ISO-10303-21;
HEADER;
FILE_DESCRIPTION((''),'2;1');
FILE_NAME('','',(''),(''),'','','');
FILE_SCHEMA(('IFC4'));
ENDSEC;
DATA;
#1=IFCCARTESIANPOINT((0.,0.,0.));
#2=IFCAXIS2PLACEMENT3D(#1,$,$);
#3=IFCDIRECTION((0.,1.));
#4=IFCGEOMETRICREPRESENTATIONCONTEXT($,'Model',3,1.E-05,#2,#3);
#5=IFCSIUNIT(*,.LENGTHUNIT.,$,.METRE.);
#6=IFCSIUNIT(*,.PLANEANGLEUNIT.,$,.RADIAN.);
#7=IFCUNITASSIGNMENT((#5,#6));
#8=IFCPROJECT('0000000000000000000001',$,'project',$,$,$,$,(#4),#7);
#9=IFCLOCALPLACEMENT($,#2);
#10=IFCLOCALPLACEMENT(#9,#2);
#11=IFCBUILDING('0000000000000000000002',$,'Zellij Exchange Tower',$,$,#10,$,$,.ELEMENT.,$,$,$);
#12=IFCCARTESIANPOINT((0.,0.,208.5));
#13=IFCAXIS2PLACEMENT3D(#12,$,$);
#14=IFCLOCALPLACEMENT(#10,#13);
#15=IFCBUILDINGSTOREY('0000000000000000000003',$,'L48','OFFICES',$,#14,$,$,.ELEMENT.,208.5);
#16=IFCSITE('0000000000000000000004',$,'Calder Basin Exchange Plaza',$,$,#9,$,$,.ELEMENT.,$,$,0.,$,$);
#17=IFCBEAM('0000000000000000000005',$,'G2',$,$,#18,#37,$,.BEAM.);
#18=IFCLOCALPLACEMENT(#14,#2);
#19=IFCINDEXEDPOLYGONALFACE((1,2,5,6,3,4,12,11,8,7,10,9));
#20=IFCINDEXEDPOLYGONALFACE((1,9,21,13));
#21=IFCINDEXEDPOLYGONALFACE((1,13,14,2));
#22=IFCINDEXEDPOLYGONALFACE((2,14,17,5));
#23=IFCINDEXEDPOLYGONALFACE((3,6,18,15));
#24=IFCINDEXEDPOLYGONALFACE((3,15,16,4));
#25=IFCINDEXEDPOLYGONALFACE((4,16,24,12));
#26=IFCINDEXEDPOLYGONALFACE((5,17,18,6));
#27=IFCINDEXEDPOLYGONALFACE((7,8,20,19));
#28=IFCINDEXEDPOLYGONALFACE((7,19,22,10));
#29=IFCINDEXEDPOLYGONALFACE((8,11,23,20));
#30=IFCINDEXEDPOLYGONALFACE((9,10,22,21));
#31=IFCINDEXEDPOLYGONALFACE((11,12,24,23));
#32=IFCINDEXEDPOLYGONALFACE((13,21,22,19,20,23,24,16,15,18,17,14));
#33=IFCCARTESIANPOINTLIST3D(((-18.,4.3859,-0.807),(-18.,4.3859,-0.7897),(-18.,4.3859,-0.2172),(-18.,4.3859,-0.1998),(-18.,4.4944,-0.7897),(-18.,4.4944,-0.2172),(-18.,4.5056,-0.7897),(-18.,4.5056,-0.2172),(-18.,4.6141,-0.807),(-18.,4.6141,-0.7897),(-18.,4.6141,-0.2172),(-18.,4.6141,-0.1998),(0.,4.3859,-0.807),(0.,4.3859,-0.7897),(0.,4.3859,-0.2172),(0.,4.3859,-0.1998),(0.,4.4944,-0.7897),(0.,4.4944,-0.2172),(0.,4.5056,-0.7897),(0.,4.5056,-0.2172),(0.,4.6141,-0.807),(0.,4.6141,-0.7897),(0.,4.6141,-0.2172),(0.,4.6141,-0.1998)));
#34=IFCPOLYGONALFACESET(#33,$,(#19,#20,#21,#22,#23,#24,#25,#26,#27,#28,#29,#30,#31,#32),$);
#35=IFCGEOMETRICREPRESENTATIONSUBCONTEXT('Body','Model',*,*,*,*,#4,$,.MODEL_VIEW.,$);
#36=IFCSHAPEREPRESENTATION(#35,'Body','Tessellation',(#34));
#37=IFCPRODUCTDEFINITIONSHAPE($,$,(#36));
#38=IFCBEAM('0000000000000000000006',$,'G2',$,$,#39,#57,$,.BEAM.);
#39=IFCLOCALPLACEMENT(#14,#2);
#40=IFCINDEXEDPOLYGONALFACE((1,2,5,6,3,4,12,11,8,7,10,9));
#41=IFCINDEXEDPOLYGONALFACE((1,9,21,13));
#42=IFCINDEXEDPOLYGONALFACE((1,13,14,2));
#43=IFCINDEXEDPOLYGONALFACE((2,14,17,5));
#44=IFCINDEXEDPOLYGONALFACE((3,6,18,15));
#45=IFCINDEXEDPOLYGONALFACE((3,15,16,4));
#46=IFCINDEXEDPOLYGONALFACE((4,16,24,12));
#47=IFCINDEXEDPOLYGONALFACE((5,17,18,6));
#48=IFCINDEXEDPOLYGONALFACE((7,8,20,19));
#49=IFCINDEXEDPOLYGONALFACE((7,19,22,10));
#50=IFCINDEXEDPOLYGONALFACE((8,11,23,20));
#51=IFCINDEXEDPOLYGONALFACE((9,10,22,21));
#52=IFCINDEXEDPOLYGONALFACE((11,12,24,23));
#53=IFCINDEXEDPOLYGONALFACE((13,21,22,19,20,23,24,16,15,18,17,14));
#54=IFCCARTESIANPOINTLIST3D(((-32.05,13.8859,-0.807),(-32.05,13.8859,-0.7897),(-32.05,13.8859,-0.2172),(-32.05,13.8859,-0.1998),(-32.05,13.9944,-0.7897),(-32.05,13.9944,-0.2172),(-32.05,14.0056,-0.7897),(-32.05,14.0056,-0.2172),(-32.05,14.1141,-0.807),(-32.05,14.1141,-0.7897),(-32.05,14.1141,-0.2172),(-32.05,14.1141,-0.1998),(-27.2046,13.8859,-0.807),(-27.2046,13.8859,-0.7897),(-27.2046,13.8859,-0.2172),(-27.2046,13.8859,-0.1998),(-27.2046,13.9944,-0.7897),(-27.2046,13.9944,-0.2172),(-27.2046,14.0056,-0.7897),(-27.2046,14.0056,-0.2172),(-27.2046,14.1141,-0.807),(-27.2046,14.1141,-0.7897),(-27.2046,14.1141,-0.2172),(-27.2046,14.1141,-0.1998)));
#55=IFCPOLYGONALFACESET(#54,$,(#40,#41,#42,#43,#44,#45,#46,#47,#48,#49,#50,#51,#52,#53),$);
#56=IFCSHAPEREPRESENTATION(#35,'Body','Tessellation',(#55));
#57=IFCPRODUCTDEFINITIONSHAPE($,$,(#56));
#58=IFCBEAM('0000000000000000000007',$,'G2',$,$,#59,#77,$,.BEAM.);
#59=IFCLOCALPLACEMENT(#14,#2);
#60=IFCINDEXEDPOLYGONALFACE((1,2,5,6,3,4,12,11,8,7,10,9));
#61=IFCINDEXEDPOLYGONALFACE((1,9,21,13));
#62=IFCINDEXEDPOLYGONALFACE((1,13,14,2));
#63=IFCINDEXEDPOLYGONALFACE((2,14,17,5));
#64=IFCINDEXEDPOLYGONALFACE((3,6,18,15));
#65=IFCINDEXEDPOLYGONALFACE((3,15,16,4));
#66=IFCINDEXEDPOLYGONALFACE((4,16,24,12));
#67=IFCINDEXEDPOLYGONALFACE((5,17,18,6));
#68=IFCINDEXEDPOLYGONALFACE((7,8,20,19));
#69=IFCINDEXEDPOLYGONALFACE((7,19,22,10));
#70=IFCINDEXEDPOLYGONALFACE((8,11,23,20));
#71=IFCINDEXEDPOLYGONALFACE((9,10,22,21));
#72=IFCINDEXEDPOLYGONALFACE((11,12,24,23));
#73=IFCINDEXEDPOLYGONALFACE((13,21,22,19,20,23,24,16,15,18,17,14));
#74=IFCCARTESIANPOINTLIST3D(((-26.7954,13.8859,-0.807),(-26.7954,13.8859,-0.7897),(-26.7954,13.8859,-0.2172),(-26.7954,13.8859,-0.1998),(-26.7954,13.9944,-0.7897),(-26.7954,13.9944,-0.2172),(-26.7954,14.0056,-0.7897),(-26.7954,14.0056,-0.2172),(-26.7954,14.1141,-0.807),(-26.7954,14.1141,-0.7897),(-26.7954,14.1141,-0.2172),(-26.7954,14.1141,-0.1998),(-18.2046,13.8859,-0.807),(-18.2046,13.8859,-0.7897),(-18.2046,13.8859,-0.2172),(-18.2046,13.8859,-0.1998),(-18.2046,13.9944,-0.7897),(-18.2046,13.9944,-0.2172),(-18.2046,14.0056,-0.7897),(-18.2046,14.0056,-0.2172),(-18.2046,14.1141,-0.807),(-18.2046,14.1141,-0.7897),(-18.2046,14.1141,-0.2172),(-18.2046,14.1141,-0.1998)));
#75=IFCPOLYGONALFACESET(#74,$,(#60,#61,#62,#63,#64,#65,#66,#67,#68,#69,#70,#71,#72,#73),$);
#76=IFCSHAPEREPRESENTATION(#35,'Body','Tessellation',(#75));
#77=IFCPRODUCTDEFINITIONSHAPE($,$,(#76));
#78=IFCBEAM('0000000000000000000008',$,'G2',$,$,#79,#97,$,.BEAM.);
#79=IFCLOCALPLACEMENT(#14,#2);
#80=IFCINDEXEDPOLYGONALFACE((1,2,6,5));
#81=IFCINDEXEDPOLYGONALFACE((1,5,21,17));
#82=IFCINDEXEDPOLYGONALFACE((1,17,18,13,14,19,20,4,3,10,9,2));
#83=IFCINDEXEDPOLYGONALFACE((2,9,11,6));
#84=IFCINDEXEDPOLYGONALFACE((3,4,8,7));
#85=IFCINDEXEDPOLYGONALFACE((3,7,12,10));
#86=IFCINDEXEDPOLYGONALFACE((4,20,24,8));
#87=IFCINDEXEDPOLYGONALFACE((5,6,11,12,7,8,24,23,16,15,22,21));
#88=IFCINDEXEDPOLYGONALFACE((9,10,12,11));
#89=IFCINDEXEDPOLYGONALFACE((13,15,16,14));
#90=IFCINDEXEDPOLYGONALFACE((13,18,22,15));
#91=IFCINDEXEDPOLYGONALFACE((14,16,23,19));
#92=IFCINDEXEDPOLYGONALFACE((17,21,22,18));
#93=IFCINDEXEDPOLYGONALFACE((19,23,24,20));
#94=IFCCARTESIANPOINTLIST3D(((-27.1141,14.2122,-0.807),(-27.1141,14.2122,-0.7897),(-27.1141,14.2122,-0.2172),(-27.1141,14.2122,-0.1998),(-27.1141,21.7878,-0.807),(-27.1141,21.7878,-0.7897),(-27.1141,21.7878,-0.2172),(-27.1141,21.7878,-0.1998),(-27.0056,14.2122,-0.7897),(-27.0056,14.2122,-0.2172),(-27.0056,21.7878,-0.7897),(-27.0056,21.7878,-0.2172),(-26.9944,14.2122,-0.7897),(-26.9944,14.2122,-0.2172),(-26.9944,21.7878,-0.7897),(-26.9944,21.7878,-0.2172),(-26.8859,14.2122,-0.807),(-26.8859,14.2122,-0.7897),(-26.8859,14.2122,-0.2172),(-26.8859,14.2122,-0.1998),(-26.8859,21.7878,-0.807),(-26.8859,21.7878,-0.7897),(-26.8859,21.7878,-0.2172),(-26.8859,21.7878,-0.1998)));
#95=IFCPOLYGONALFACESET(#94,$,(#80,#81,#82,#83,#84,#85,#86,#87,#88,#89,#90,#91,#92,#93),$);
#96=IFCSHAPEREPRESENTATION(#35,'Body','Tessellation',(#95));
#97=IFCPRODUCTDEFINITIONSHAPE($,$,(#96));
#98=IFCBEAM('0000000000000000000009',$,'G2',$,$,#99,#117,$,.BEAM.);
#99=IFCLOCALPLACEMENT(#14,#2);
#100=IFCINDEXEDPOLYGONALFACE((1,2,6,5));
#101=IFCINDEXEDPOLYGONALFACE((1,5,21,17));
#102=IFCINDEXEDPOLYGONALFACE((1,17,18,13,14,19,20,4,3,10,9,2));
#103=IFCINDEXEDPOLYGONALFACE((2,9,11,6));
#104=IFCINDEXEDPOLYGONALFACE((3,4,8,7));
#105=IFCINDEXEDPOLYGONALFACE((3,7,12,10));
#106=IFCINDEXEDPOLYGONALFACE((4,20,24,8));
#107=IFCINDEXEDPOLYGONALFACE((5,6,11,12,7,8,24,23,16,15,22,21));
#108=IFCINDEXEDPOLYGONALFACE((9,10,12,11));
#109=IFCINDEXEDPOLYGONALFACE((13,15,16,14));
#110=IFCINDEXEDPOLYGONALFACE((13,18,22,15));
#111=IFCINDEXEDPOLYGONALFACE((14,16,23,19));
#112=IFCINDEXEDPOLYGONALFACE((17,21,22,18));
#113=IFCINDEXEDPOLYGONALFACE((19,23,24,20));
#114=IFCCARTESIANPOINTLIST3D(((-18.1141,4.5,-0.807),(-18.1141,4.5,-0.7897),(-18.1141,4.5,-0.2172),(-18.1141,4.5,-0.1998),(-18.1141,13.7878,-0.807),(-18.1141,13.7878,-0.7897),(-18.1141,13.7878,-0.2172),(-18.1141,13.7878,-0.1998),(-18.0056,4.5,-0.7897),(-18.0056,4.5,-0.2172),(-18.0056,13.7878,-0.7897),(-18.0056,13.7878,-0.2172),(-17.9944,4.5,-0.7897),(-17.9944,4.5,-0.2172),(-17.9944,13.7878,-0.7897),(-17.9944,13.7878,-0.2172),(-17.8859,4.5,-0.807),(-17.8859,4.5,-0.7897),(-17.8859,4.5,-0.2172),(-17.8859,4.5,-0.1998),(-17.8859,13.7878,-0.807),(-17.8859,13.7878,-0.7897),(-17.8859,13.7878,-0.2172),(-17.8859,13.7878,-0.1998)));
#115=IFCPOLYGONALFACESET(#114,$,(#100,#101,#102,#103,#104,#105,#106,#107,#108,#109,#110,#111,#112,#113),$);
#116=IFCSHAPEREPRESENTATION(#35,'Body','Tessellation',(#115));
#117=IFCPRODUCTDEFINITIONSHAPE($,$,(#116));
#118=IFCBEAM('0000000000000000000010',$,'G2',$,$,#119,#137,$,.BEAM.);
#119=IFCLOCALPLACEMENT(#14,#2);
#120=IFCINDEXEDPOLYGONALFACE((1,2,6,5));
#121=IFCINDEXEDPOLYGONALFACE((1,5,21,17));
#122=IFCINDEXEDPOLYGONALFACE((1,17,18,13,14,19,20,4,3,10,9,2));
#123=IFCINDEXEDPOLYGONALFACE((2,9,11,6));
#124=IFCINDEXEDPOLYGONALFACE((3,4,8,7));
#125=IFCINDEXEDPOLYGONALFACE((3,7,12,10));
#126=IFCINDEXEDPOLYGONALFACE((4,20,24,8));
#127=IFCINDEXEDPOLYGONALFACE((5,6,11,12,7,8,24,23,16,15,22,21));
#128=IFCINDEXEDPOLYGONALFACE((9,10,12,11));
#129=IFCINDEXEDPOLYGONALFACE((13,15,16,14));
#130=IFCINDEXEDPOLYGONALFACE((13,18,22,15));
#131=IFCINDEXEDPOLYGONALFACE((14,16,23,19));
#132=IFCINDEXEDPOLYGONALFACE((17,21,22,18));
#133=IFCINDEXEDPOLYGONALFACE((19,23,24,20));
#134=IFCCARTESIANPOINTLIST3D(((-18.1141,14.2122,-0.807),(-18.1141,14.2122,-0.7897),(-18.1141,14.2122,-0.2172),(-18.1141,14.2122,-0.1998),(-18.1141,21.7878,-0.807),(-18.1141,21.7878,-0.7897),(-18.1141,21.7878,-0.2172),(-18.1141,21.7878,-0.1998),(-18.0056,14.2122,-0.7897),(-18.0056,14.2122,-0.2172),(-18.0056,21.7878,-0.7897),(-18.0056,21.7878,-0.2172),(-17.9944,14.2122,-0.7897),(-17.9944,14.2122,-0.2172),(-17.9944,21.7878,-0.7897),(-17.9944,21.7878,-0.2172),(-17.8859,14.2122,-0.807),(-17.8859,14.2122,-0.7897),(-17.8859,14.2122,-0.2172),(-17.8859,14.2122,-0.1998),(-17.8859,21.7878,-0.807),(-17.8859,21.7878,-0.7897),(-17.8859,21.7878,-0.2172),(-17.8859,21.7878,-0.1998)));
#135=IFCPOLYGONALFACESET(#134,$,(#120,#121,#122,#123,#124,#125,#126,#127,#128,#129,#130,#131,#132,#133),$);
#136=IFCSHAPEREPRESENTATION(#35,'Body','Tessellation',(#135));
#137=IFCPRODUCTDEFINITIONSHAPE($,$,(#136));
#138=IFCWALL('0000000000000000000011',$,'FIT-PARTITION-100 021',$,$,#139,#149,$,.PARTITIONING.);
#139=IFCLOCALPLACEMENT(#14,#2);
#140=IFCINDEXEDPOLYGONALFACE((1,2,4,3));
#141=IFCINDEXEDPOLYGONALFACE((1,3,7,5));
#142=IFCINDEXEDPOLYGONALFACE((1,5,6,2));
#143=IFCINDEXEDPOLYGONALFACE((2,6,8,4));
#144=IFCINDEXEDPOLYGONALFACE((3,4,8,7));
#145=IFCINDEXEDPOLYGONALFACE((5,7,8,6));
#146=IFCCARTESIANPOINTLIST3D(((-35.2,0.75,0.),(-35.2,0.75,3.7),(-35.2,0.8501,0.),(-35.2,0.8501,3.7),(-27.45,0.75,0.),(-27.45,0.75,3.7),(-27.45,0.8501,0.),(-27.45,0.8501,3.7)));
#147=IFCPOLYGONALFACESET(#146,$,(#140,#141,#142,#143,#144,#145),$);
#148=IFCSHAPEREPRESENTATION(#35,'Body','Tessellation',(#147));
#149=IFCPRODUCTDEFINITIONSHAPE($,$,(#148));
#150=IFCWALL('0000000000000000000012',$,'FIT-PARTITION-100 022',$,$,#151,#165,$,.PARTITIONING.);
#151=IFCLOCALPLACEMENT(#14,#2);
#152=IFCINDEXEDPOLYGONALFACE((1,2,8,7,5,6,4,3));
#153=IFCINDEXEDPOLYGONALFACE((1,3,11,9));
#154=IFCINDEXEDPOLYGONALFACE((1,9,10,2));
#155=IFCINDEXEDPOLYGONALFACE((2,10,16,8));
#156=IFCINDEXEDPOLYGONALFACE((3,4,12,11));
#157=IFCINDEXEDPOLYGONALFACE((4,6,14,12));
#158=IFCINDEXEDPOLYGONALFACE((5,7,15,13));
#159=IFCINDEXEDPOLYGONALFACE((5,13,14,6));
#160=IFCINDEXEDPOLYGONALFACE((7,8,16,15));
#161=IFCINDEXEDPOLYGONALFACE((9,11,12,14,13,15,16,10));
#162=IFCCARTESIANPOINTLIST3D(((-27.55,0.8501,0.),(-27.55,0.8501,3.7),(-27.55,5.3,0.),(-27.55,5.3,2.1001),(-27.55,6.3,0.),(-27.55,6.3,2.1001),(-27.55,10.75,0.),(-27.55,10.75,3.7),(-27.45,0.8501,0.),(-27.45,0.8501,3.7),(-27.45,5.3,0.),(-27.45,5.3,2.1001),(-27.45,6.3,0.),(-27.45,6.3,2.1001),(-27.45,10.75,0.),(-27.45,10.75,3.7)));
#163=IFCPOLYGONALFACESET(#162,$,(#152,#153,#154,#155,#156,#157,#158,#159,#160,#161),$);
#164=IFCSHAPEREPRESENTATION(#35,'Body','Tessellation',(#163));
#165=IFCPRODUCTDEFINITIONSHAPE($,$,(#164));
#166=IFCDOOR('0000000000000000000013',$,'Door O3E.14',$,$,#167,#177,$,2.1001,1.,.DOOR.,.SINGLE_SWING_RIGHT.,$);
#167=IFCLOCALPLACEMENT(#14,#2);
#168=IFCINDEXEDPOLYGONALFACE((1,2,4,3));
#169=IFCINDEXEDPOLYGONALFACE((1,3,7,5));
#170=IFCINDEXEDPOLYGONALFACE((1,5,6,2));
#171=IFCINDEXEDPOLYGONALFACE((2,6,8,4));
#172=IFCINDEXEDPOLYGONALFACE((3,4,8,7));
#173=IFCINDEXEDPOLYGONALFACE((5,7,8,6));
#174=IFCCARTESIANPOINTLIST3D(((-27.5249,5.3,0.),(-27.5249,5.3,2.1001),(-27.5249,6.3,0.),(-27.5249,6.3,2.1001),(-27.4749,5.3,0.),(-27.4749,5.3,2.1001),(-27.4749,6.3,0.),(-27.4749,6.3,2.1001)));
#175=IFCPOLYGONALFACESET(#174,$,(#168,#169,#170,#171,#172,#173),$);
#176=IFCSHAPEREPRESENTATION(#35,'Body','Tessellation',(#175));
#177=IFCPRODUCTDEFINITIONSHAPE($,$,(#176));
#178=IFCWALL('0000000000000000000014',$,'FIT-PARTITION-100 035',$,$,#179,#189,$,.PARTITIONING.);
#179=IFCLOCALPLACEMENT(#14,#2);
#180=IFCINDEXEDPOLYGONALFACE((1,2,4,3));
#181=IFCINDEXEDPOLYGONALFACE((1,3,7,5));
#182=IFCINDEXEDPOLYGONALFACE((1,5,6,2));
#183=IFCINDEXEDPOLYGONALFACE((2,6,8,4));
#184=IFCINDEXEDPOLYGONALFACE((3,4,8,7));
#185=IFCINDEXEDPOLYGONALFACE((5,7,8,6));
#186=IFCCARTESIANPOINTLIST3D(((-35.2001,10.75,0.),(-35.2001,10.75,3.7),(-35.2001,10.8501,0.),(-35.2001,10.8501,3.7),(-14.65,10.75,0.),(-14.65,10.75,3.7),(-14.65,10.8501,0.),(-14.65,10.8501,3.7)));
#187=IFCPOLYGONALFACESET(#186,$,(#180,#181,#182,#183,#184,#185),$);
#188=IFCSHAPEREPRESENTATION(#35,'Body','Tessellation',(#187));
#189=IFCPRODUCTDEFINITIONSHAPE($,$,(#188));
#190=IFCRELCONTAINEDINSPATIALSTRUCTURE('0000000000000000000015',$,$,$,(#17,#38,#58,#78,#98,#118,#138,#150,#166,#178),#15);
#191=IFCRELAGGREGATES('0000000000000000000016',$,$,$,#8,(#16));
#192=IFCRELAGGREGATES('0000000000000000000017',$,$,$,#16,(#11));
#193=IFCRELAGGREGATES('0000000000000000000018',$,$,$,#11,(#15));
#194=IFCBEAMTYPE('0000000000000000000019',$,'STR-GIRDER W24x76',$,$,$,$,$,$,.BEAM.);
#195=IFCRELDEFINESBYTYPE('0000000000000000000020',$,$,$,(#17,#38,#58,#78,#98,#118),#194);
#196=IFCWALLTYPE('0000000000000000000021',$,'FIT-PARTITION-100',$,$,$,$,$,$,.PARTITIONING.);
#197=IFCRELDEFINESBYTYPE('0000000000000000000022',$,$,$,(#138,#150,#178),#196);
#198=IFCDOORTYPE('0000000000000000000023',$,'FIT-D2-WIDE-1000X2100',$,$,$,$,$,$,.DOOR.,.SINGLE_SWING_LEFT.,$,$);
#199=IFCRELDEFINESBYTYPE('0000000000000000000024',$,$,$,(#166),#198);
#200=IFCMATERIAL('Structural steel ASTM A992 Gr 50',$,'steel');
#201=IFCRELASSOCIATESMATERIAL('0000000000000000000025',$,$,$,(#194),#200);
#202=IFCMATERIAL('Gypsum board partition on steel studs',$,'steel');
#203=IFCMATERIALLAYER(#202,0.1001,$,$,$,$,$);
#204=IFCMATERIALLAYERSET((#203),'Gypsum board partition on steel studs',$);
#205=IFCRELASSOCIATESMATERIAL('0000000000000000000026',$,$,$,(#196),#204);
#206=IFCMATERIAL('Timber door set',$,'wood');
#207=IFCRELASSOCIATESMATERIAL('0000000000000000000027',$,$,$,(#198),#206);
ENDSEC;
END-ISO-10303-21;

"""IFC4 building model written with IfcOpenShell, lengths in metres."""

from ifc_helpers import new_model, si_unit, direction, frame, frame_2d, origin, origin_2d, place, context, subcontext, project, spatial, rectangle, i_section, extrude, material, layer, layer_set, material_profile, profile_set, type_object, element, fill, save


model = new_model("IFC4")

# Units and contexts
model_context = context("Model", 3, precision=1e-05, world=origin(), true_north=direction((0.0, 1.0)))
body_context = subcontext(model_context, "Body", "Model", "MODEL_VIEW")
ifc_project = project(units=[si_unit("LENGTHUNIT", "METRE"), si_unit("PLANEANGLEUNIT", "RADIAN")], contexts=[model_context])

# Site, building, storey
site_placement = place(None, origin())
site = spatial("IfcSite", under=ifc_project, at=site_placement, Name="Calder Basin Exchange Plaza", CompositionType="ELEMENT", RefElevation=0.0)
building_placement = place(site_placement, origin())
building = spatial("IfcBuilding", under=site, at=building_placement, Name="Zellij Exchange Tower", CompositionType="ELEMENT")
storey_placement = place(building_placement, frame((0.0, 0.0, 208.5)))
storey = spatial("IfcBuildingStorey", under=building, at=storey_placement, Name="L48", Description="OFFICES", CompositionType="ELEMENT", Elevation=208.5)

# Beams
ifc_material_1 = material(Name="Structural steel ASTM A992 Gr 50", Category="steel")
ifc_material_profile_1 = material_profile(ifc_material_1, i_section(OverallWidth=0.2283, OverallDepth=0.6072, WebThickness=0.0112, FlangeThickness=0.0173, at=origin_2d()), Name="W24x76")
ifc_profile_set_1 = profile_set([ifc_material_profile_1], Name="Structural steel ASTM A992 Gr 50")
beam_type_1 = type_object("IfcBeamType", Name="STR-GIRDER W24x76", PredefinedType="BEAM", material=ifc_profile_set_1)
beam_1_placement = place(storey_placement, frame((-18.0, 4.5, -0.5034), z_axis=(1.0, 0.0, 0.0), x_axis=(0.0, 1.0, 0.0)))
element("IfcBeam", 1, at=beam_1_placement, inside=storey, type_object=beam_type_1, Name="G2", PredefinedType="BEAM", context=body_context, shape_type="SweptSolid", body=[
    extrude(i_section(OverallWidth=0.2283, OverallDepth=0.6072, WebThickness=0.0112, FlangeThickness=0.0173, at=origin_2d()), origin(), (0.0, 0.0, 1.0), 18.0),
])
beam_2_placement = place(storey_placement, frame((-32.05, 14.0, -0.5034), z_axis=(1.0, 0.0, 0.0), x_axis=(0.0, 1.0, 0.0)))
element("IfcBeam", 2, at=beam_2_placement, inside=storey, type_object=beam_type_1, Name="G2", PredefinedType="BEAM", context=body_context, shape_type="SweptSolid", body=[
    extrude(i_section(OverallWidth=0.2283, OverallDepth=0.6072, WebThickness=0.0112, FlangeThickness=0.0173, at=origin_2d()), origin(), (0.0, 0.0, 1.0), 4.8455),
])
beam_3_placement = place(storey_placement, frame((-26.7954, 14.0, -0.5034), z_axis=(1.0, 0.0, 0.0), x_axis=(0.0, 1.0, 0.0)))
element("IfcBeam", 3, at=beam_3_placement, inside=storey, type_object=beam_type_1, Name="G2", PredefinedType="BEAM", context=body_context, shape_type="SweptSolid", body=[
    extrude(i_section(OverallWidth=0.2283, OverallDepth=0.6072, WebThickness=0.0112, FlangeThickness=0.0173, at=origin_2d()), origin(), (0.0, 0.0, 1.0), 8.5908),
])
beam_4_placement = place(storey_placement, frame((-27.0, 14.2122, -0.5034), z_axis=(0.0, 1.0, 0.0), x_axis=(-1.0, 0.0, 0.0)))
element("IfcBeam", 4, at=beam_4_placement, inside=storey, type_object=beam_type_1, Name="G2", PredefinedType="BEAM", context=body_context, shape_type="SweptSolid", body=[
    extrude(i_section(OverallWidth=0.2283, OverallDepth=0.6072, WebThickness=0.0112, FlangeThickness=0.0173, at=origin_2d()), origin(), (0.0, 0.0, 1.0), 7.5757),
])
beam_5_placement = place(storey_placement, frame((-18.0, 4.5, -0.5034), z_axis=(0.0, 1.0, 0.0), x_axis=(-1.0, 0.0, 0.0)))
element("IfcBeam", 5, at=beam_5_placement, inside=storey, type_object=beam_type_1, Name="G2", PredefinedType="BEAM", context=body_context, shape_type="SweptSolid", body=[
    extrude(i_section(OverallWidth=0.2283, OverallDepth=0.6072, WebThickness=0.0112, FlangeThickness=0.0173, at=origin_2d()), origin(), (0.0, 0.0, 1.0), 9.2878),
])
beam_6_placement = place(storey_placement, frame((-18.0, 14.2122, -0.5034), z_axis=(0.0, 1.0, 0.0), x_axis=(-1.0, 0.0, 0.0)))
element("IfcBeam", 6, at=beam_6_placement, inside=storey, type_object=beam_type_1, Name="G2", PredefinedType="BEAM", context=body_context, shape_type="SweptSolid", body=[
    extrude(i_section(OverallWidth=0.2283, OverallDepth=0.6072, WebThickness=0.0112, FlangeThickness=0.0173, at=origin_2d()), origin(), (0.0, 0.0, 1.0), 7.5757),
])

# Wall
ifc_material_2 = material(Name="Gypsum board partition on steel studs", Category="steel")
ifc_layer = layer(ifc_material_2, 0.1001)
ifc_layer_set = layer_set([ifc_layer], Name="Gypsum board partition on steel studs")
wall_type = type_object("IfcWallType", Name="FIT-PARTITION-100", PredefinedType="PARTITIONING", material=ifc_layer_set)
wall_1_placement = place(storey_placement, frame((-35.2, 0.8, 0.0), z_axis=(0.0, 0.0, 1.0), x_axis=(1.0, 0.0, 0.0)))
element("IfcWall", 7, at=wall_1_placement, inside=storey, type_object=wall_type, Name="FIT-PARTITION-100 021", PredefinedType="PARTITIONING", context=body_context, shape_type="SweptSolid", body=[
    extrude(rectangle(XDim=7.75, YDim=0.1001, at=frame_2d((3.875, 0.0))), origin(), (0.0, 0.0, 1.0), 3.7),
])

# Wall, opening, door
wall_2_placement = place(storey_placement, frame((-27.5, 0.8501, 0.0), z_axis=(0.0, 0.0, 1.0), x_axis=(0.0, 1.0, 0.0)))
wall_2 = element("IfcWall", 8, at=wall_2_placement, inside=storey, type_object=wall_type, Name="FIT-PARTITION-100 022", PredefinedType="PARTITIONING", context=body_context, shape_type="SweptSolid", body=[
    extrude(rectangle(XDim=9.8999, YDim=0.1001, at=frame_2d((4.95, 0.0))), origin(), (0.0, 0.0, 1.0), 3.7),
])
opening_1_placement = place(wall_2_placement, frame((4.45, 0.0, 0.0)))
opening_1 = element("IfcOpeningElement", 9, at=opening_1_placement, cuts=wall_2, PredefinedType="OPENING", context=body_context, shape_type="SweptSolid", body=[
    extrude(rectangle(XDim=1.0, YDim=2.1001, at=frame_2d((0.5, 1.05))), frame((0.0, 0.062, 0.0), z_axis=(0.0, -1.0, 0.0), x_axis=(1.0, 0.0, 0.0)), (0.0, 0.0, 1.0), 0.124),
])
ifc_material_3 = material(Name="Timber door set", Category="wood")
door_type_1 = type_object("IfcDoorType", Name="FIT-D2-WIDE-1000X2100", OperationType="SINGLE_SWING_LEFT", PredefinedType="DOOR", material=ifc_material_3)
door_1_placement = place(opening_1_placement, origin())
door_1 = element("IfcDoor", 10, at=door_1_placement, inside=storey, type_object=door_type_1, Name="Door O3E.14", OperationType="SINGLE_SWING_RIGHT", OverallHeight=2.1001, OverallWidth=1.0, PredefinedType="DOOR", context=body_context, shape_type="SweptSolid", body=[
    extrude(rectangle(XDim=1.0, YDim=2.1001, at=frame_2d((0.5, 1.05))), frame((0.0, 0.0249, 0.0), z_axis=(0.0, -1.0, 0.0), x_axis=(1.0, 0.0, 0.0)), (0.0, 0.0, 1.0), 0.05),
])
fill(opening_1, door_1)

# Wall
wall_3_placement = place(storey_placement, frame((-35.2, 10.8, 0.0), z_axis=(0.0, 0.0, 1.0), x_axis=(1.0, 0.0, 0.0)))
element("IfcWall", 11, at=wall_3_placement, inside=storey, type_object=wall_type, Name="FIT-PARTITION-100 035", PredefinedType="PARTITIONING", context=body_context, shape_type="SweptSolid", body=[
    extrude(rectangle(XDim=20.55, YDim=0.1001, at=frame_2d((10.2749, 0.0))), origin(), (0.0, 0.0, 1.0), 3.7),
])

save(model, "model.ifc")
